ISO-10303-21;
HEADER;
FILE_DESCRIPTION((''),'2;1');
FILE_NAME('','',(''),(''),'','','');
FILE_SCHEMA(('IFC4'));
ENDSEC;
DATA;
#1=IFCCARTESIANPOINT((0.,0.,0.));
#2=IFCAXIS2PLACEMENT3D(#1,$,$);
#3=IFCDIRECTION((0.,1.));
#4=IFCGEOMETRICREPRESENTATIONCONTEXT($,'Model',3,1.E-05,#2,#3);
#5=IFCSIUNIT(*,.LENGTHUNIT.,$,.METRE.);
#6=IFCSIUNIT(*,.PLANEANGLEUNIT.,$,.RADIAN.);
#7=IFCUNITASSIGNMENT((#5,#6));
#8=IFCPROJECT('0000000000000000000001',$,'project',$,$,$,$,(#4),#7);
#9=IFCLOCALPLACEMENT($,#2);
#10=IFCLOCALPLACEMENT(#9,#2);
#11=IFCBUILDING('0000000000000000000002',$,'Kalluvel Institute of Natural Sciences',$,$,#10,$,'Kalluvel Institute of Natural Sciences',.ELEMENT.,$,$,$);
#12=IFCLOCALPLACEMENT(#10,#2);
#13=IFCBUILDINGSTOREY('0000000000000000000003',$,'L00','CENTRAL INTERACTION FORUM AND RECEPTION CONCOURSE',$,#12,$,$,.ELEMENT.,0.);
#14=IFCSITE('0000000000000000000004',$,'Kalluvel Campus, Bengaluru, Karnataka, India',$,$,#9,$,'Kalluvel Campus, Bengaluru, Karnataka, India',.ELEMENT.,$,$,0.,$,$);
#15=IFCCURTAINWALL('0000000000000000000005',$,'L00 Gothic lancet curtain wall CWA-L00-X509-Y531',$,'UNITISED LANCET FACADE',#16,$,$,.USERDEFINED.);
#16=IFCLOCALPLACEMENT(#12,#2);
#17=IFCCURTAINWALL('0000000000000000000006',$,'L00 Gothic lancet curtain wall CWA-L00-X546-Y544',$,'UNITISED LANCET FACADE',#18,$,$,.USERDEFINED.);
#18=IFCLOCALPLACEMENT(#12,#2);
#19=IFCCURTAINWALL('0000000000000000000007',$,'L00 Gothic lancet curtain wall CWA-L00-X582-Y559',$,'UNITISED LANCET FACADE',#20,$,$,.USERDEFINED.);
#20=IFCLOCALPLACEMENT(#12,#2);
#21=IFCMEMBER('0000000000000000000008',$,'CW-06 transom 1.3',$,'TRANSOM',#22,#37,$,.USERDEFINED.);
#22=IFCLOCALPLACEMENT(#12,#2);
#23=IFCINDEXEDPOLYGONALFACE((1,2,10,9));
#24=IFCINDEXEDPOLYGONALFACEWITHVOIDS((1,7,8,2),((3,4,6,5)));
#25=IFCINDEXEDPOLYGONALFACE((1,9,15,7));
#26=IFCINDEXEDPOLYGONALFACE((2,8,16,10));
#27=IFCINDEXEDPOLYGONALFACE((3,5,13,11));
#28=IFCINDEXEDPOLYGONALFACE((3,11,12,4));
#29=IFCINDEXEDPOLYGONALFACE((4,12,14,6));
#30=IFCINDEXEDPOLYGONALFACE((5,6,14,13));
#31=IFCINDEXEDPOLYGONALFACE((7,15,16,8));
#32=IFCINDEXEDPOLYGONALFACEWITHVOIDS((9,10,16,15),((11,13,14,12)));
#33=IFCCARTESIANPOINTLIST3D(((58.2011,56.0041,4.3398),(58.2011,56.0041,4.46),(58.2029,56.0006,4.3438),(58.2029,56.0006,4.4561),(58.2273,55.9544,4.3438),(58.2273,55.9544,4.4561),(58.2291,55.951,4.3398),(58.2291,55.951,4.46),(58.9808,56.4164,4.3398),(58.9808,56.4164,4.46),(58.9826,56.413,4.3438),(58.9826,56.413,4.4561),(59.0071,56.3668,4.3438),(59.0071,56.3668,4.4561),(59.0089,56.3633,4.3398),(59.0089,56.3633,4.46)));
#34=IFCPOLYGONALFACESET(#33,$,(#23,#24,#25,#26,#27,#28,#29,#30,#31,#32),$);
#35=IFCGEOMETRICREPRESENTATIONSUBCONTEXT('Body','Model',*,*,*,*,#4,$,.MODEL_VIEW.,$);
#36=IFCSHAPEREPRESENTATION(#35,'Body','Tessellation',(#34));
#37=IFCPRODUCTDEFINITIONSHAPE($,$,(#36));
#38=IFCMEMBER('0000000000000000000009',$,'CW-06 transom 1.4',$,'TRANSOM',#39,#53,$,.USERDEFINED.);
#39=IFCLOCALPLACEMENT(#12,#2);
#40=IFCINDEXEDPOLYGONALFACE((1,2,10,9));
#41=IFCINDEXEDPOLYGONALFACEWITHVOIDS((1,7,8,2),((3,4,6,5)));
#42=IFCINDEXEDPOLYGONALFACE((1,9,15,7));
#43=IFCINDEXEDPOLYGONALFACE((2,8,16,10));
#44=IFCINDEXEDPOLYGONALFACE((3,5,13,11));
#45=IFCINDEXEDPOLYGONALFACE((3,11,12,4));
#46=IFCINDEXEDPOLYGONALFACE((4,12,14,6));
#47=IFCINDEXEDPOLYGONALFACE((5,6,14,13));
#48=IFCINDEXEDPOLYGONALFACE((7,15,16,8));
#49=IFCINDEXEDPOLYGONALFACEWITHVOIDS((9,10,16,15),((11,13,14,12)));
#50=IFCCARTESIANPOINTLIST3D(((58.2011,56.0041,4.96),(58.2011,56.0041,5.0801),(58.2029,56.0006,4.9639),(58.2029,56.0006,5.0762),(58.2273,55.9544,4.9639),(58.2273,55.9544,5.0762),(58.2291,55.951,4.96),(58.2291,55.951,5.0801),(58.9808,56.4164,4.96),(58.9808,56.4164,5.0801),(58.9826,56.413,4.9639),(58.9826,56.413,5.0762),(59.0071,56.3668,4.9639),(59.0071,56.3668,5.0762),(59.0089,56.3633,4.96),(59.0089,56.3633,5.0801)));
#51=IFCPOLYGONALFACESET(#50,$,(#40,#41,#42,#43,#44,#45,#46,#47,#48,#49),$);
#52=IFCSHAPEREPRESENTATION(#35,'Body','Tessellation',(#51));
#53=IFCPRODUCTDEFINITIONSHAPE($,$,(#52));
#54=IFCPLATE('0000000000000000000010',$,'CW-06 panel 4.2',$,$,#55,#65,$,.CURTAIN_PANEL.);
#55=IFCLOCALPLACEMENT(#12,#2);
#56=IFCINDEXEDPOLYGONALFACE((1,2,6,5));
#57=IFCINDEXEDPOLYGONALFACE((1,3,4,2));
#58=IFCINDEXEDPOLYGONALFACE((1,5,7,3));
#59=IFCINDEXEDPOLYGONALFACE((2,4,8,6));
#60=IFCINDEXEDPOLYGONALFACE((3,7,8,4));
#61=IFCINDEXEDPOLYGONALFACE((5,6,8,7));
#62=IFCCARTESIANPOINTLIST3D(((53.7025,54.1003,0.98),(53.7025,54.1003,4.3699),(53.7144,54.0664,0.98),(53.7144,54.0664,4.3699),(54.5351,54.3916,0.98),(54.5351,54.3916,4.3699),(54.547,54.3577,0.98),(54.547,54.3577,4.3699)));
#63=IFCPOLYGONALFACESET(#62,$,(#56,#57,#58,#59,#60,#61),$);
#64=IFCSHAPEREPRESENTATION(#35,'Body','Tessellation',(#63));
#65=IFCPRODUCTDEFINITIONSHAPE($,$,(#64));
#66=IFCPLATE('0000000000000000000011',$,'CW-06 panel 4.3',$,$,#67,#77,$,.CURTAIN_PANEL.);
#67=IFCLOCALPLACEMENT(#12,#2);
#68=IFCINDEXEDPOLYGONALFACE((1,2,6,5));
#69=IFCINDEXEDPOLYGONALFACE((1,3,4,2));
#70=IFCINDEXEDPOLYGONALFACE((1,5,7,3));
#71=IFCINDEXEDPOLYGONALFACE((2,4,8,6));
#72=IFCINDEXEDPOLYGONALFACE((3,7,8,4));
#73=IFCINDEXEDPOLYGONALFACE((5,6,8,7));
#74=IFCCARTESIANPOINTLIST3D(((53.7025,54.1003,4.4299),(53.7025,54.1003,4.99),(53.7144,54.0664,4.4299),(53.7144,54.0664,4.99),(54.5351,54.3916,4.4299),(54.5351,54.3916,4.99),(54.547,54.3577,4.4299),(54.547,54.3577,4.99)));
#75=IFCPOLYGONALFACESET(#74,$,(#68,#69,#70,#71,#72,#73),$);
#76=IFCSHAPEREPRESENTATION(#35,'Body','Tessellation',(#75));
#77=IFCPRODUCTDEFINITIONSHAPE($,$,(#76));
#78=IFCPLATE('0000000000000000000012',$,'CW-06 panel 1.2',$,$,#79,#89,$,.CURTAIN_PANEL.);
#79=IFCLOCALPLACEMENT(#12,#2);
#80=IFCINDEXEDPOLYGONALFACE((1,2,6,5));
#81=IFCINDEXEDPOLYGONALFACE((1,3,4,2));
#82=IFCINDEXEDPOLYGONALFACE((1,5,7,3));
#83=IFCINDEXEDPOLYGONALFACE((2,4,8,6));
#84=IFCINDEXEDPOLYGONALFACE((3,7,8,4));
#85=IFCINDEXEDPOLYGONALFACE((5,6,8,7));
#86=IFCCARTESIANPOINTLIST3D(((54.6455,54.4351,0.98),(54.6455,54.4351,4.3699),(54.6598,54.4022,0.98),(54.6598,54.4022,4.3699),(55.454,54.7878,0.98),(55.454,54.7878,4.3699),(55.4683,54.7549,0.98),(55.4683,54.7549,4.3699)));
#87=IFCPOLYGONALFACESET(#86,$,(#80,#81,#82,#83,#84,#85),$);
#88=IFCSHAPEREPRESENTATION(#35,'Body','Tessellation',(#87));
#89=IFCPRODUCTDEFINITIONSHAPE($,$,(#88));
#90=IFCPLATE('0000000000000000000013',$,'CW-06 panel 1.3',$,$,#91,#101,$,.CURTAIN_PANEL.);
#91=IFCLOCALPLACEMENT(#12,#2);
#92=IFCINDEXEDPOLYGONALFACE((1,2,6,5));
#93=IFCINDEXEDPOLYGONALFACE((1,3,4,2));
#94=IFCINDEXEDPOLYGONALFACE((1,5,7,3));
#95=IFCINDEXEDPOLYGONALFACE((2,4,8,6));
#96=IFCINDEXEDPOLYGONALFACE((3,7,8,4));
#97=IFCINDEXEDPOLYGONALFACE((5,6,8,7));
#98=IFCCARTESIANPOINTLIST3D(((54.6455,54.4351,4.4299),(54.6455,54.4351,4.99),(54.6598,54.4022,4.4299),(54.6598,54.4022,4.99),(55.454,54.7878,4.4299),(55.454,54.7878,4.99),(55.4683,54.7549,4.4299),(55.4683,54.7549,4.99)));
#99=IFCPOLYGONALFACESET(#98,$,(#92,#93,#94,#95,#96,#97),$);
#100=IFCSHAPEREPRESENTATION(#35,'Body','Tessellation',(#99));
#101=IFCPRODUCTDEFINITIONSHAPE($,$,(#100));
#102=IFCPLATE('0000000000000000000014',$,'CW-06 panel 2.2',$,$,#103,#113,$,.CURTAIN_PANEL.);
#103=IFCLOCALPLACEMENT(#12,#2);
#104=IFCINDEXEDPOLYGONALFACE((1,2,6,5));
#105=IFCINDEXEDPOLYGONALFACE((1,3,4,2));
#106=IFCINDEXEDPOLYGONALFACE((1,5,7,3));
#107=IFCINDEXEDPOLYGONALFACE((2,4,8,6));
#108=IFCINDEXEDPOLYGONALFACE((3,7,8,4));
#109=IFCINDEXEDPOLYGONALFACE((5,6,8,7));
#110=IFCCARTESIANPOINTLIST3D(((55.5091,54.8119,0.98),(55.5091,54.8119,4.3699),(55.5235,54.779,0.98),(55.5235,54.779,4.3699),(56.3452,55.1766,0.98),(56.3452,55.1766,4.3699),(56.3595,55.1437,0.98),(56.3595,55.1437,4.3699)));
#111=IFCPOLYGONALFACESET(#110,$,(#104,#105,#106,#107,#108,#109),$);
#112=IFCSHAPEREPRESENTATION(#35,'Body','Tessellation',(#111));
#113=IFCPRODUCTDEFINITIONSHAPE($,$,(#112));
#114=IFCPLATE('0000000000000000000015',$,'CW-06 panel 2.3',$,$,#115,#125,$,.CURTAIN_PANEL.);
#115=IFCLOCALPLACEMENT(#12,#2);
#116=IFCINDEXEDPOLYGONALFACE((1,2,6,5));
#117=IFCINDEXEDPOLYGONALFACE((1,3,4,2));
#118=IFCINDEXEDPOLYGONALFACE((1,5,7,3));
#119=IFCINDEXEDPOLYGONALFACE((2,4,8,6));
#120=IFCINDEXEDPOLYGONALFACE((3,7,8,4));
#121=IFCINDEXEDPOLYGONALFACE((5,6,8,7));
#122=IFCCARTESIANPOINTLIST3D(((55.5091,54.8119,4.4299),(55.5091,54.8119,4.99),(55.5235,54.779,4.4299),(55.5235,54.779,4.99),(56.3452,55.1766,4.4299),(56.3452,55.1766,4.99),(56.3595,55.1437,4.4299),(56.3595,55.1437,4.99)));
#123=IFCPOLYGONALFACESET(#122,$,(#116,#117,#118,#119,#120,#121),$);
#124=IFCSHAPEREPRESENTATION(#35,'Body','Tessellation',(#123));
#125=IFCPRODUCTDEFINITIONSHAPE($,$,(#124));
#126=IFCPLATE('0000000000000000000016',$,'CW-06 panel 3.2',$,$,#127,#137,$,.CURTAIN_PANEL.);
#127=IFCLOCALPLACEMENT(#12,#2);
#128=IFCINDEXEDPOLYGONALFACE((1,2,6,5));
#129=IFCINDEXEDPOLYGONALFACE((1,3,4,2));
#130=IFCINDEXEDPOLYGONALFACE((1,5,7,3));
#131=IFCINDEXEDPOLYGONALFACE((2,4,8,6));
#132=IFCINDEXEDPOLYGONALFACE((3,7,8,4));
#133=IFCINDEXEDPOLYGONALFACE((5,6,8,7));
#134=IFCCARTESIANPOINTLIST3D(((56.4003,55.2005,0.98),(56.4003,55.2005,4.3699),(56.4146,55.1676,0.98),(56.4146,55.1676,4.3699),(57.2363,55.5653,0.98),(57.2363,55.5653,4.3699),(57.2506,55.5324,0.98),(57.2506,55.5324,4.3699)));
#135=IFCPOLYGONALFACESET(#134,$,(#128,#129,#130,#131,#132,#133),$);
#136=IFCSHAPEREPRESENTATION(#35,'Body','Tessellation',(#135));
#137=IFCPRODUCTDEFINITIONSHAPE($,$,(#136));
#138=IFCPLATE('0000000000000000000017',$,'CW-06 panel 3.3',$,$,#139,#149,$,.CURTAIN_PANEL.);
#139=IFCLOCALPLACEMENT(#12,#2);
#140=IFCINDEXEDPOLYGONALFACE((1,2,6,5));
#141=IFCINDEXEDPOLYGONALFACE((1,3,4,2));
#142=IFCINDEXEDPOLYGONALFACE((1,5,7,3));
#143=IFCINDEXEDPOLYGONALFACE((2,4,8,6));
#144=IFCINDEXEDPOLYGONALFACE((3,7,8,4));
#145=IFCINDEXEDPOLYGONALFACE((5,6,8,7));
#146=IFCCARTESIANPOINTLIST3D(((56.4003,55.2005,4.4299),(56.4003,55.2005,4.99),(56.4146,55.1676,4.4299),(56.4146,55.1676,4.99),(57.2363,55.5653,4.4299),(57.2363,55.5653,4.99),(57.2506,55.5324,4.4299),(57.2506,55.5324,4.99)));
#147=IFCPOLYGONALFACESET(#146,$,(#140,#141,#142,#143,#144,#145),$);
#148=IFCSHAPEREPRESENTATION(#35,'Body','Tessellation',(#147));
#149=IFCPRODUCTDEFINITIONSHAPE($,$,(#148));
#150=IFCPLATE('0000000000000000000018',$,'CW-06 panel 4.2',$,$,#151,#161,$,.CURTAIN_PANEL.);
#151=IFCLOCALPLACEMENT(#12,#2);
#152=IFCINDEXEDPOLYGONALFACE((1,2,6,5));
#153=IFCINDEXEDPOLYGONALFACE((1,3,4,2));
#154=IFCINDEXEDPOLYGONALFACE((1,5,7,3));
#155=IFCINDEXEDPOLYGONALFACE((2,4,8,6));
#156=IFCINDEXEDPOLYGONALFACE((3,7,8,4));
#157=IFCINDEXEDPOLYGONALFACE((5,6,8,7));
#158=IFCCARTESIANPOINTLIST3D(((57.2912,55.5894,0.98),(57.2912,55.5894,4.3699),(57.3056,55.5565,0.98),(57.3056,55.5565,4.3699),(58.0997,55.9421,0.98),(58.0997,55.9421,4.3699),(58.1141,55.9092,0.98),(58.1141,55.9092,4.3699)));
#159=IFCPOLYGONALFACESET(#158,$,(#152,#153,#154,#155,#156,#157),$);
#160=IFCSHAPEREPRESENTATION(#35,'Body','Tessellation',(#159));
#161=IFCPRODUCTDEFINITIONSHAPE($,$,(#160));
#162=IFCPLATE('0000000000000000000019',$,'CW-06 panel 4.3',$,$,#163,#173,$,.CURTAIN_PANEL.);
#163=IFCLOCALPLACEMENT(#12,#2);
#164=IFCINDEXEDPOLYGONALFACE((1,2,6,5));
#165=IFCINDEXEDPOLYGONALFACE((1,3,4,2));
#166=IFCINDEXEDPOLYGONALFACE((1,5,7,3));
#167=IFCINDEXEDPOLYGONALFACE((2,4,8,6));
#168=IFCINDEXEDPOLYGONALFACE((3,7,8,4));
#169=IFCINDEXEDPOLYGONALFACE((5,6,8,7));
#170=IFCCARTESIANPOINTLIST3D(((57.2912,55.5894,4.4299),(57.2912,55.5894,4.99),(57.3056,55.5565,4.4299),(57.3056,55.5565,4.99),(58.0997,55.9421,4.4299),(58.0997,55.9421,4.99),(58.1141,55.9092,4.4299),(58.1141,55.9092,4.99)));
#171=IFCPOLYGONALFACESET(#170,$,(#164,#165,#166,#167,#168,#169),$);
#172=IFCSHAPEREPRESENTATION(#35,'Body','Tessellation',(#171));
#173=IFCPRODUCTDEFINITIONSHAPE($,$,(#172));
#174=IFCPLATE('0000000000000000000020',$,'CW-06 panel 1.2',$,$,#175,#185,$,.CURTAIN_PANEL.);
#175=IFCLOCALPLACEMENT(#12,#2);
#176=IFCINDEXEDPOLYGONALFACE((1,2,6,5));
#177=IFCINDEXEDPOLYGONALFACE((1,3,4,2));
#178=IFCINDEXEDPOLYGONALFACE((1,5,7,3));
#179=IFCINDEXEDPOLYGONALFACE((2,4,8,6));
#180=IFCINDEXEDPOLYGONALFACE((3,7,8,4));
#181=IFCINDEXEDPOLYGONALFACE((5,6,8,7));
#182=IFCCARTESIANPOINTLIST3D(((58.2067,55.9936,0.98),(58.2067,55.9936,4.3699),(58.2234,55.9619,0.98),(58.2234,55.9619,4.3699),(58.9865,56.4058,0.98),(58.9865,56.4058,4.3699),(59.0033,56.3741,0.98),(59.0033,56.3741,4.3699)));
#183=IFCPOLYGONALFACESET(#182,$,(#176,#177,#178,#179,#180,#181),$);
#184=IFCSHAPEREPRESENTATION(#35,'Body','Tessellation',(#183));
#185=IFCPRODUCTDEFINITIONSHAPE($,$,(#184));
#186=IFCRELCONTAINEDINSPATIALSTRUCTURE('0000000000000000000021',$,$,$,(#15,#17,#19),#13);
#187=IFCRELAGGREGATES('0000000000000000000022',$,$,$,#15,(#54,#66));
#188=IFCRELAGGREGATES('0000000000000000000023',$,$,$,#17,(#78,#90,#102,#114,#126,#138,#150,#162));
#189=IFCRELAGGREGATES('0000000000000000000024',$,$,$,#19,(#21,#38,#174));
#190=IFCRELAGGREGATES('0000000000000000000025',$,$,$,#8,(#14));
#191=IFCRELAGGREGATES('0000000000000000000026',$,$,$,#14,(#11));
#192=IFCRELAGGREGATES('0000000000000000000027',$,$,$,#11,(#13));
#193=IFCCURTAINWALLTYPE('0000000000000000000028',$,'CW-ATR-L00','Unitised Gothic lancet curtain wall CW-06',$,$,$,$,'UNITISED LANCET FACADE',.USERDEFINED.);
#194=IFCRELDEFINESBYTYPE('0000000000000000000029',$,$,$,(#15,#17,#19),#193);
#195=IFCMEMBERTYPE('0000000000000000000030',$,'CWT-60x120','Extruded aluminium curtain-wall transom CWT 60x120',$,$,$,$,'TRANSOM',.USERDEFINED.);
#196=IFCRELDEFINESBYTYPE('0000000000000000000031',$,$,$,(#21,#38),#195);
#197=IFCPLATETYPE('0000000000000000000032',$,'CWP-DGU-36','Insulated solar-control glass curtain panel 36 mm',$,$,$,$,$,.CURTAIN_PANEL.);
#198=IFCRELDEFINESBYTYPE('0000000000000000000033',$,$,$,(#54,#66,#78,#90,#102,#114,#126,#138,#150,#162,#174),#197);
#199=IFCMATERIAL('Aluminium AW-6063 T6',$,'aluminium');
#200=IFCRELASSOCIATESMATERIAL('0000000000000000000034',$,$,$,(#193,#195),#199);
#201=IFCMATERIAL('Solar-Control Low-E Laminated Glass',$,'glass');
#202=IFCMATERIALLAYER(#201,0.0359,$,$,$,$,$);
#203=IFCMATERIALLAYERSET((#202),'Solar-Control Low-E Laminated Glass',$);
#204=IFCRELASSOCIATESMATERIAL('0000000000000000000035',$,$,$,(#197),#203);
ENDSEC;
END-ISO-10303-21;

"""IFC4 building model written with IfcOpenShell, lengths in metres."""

from ifc_helpers import new_model, si_unit, direction, frame, origin, origin_2d, place, context, subcontext, project, spatial, rectangle, hollow_rectangle, extrude, material, layer, layer_set, material_profile, profile_set, type_object, element, aggregate, save


model = new_model("IFC4")

# Units and contexts
model_context = context("Model", 3, precision=1e-05, world=origin(), true_north=direction((0.0, 1.0)))
body_context = subcontext(model_context, "Body", "Model", "MODEL_VIEW")
ifc_project = project(units=[si_unit("LENGTHUNIT", "METRE"), si_unit("PLANEANGLEUNIT", "RADIAN")], contexts=[model_context])

# Site, building, storey
site_placement = place(None, origin())
site = spatial("IfcSite", under=ifc_project, at=site_placement, Name="Kalluvel Campus, Bengaluru, Karnataka, India", LongName="Kalluvel Campus, Bengaluru, Karnataka, India", CompositionType="ELEMENT", RefElevation=0.0)
building_placement = place(site_placement, origin())
building = spatial("IfcBuilding", under=site, at=building_placement, Name="Kalluvel Institute of Natural Sciences", LongName="Kalluvel Institute of Natural Sciences", CompositionType="ELEMENT")
storey_placement = place(building_placement, origin())
storey = spatial("IfcBuildingStorey", under=building, at=storey_placement, Name="L00", Description="CENTRAL INTERACTION FORUM AND RECEPTION CONCOURSE", CompositionType="ELEMENT", Elevation=0.0)

# Curtain walls, members
ifc_material_1 = material(Name="Aluminium AW-6063 T6", Category="aluminium")
curtain_wall_type = type_object("IfcCurtainWallType", Name="CW-ATR-L00", Description="Unitised Gothic lancet curtain wall CW-06", ElementType="UNITISED LANCET FACADE", PredefinedType="USERDEFINED", material=ifc_material_1)
curtain_wall_1_placement = place(storey_placement, origin())
curtain_wall_1 = element("IfcCurtainWall", 1, at=curtain_wall_1_placement, inside=storey, type_object=curtain_wall_type, Name="L00 Gothic lancet curtain wall CWA-L00-X509-Y531", ObjectType="UNITISED LANCET FACADE", PredefinedType="USERDEFINED")
ifc_material_profile = material_profile(ifc_material_1, hollow_rectangle(XDim=0.0601, YDim=0.1201, WallThickness=0.0039, at=origin_2d()), Name="CWT 60x120")
ifc_profile_set = profile_set([ifc_material_profile], Name="Aluminium AW-6063 T6")
member_type = type_object("IfcMemberType", Name="CWT-60x120", Description="Extruded aluminium curtain-wall transom CWT 60x120", ElementType="TRANSOM", PredefinedType="USERDEFINED", material=ifc_profile_set)
curtain_wall_2_placement = place(storey_placement, origin())
curtain_wall_2 = element("IfcCurtainWall", 2, at=curtain_wall_2_placement, inside=storey, type_object=curtain_wall_type, Name="L00 Gothic lancet curtain wall CWA-L00-X546-Y544", ObjectType="UNITISED LANCET FACADE", PredefinedType="USERDEFINED")
curtain_wall_3_placement = place(storey_placement, origin())
curtain_wall_3 = element("IfcCurtainWall", 3, at=curtain_wall_3_placement, inside=storey, type_object=curtain_wall_type, Name="L00 Gothic lancet curtain wall CWA-L00-X582-Y559", ObjectType="UNITISED LANCET FACADE", PredefinedType="USERDEFINED")
member_1_placement = place(storey_placement, frame((58.2151, 55.9775, 4.3999), z_axis=(0.88401, 0.467468, 0.0), x_axis=(-0.467468, 0.88401, 0.0)))
member_1 = element("IfcMember", 4, at=member_1_placement, type_object=member_type, Name="CW-06 transom 1.3", ObjectType="TRANSOM", PredefinedType="USERDEFINED", context=body_context, shape_type="SweptSolid", body=[
    extrude(hollow_rectangle(XDim=0.0601, YDim=0.1201, WallThickness=0.0039, at=origin_2d()), origin(), (0.0, 0.0, 1.0), 0.8821),
])
member_2_placement = place(storey_placement, frame((58.2151, 55.9775, 5.02), z_axis=(0.88401, 0.467468, 0.0), x_axis=(-0.467468, 0.88401, 0.0)))
member_2 = element("IfcMember", 5, at=member_2_placement, type_object=member_type, Name="CW-06 transom 1.4", ObjectType="TRANSOM", PredefinedType="USERDEFINED", context=body_context, shape_type="SweptSolid", body=[
    extrude(hollow_rectangle(XDim=0.0601, YDim=0.1201, WallThickness=0.0039, at=origin_2d()), origin(), (0.0, 0.0, 1.0), 0.8821),
])

# Plates
ifc_material_2 = material(Name="Solar-Control Low-E Laminated Glass", Category="glass")
ifc_layer = layer(ifc_material_2, 0.0359)
ifc_layer_set = layer_set([ifc_layer], Name="Solar-Control Low-E Laminated Glass")
plate_type = type_object("IfcPlateType", Name="CWP-DGU-36", Description="Insulated solar-control glass curtain panel 36 mm", PredefinedType="CURTAIN_PANEL", material=ifc_layer_set)
plate_1_placement = place(storey_placement, frame((54.1248, 54.229, 0.98), z_axis=(0.0, 0.0, 1.0), x_axis=(0.943878, 0.330295, 0.0)))
plate_1 = element("IfcPlate", 6, at=plate_1_placement, type_object=plate_type, Name="CW-06 panel 4.2", PredefinedType="CURTAIN_PANEL", context=body_context, shape_type="SweptSolid", body=[
    extrude(rectangle(XDim=0.8821, YDim=0.0359, at=origin_2d()), origin(), (0.0, 0.0, 1.0), 3.3899),
])
plate_2_placement = place(storey_placement, frame((54.1248, 54.229, 4.4299), z_axis=(0.0, 0.0, 1.0), x_axis=(0.943878, 0.330295, 0.0)))
plate_2 = element("IfcPlate", 7, at=plate_2_placement, type_object=plate_type, Name="CW-06 panel 4.3", PredefinedType="CURTAIN_PANEL", context=body_context, shape_type="SweptSolid", body=[
    extrude(rectangle(XDim=0.8821, YDim=0.0359, at=origin_2d()), origin(), (0.0, 0.0, 1.0), 0.5601),
])
aggregate(curtain_wall_1, [plate_1, plate_2])
plate_3_placement = place(storey_placement, frame((55.0569, 54.595, 0.98), z_axis=(0.0, 0.0, 1.0), x_axis=(0.916571, 0.399873, 0.0)))
plate_3 = element("IfcPlate", 8, at=plate_3_placement, type_object=plate_type, Name="CW-06 panel 1.2", PredefinedType="CURTAIN_PANEL", context=body_context, shape_type="SweptSolid", body=[
    extrude(rectangle(XDim=0.8821, YDim=0.0359, at=origin_2d()), origin(), (0.0, 0.0, 1.0), 3.3899),
])
plate_4_placement = place(storey_placement, frame((55.0569, 54.595, 4.4299), z_axis=(0.0, 0.0, 1.0), x_axis=(0.916571, 0.399873, 0.0)))
plate_4 = element("IfcPlate", 9, at=plate_4_placement, type_object=plate_type, Name="CW-06 panel 1.3", PredefinedType="CURTAIN_PANEL", context=body_context, shape_type="SweptSolid", body=[
    extrude(rectangle(XDim=0.8821, YDim=0.0359, at=origin_2d()), origin(), (0.0, 0.0, 1.0), 0.5601),
])
plate_5_placement = place(storey_placement, frame((55.9343, 54.9778, 0.98), z_axis=(0.0, 0.0, 1.0), x_axis=(0.916571, 0.399873, 0.0)))
plate_5 = element("IfcPlate", 10, at=plate_5_placement, type_object=plate_type, Name="CW-06 panel 2.2", PredefinedType="CURTAIN_PANEL", context=body_context, shape_type="SweptSolid", body=[
    extrude(rectangle(XDim=0.9121, YDim=0.0359, at=origin_2d()), origin(), (0.0, 0.0, 1.0), 3.3899),
])
plate_6_placement = place(storey_placement, frame((55.9343, 54.9778, 4.4299), z_axis=(0.0, 0.0, 1.0), x_axis=(0.916571, 0.399873, 0.0)))
plate_6 = element("IfcPlate", 11, at=plate_6_placement, type_object=plate_type, Name="CW-06 panel 2.3", PredefinedType="CURTAIN_PANEL", context=body_context, shape_type="SweptSolid", body=[
    extrude(rectangle(XDim=0.9121, YDim=0.0359, at=origin_2d()), origin(), (0.0, 0.0, 1.0), 0.5601),
])
plate_7_placement = place(storey_placement, frame((56.8254, 55.3665, 0.98), z_axis=(0.0, 0.0, 1.0), x_axis=(0.916571, 0.399873, 0.0)))
plate_7 = element("IfcPlate", 12, at=plate_7_placement, type_object=plate_type, Name="CW-06 panel 3.2", PredefinedType="CURTAIN_PANEL", context=body_context, shape_type="SweptSolid", body=[
    extrude(rectangle(XDim=0.9121, YDim=0.0359, at=origin_2d()), origin(), (0.0, 0.0, 1.0), 3.3899),
])
plate_8_placement = place(storey_placement, frame((56.8254, 55.3665, 4.4299), z_axis=(0.0, 0.0, 1.0), x_axis=(0.916571, 0.399873, 0.0)))
plate_8 = element("IfcPlate", 13, at=plate_8_placement, type_object=plate_type, Name="CW-06 panel 3.3", PredefinedType="CURTAIN_PANEL", context=body_context, shape_type="SweptSolid", body=[
    extrude(rectangle(XDim=0.9121, YDim=0.0359, at=origin_2d()), origin(), (0.0, 0.0, 1.0), 0.5601),
])
plate_9_placement = place(storey_placement, frame((57.7026, 55.7493, 0.98), z_axis=(0.0, 0.0, 1.0), x_axis=(0.916571, 0.399873, 0.0)))
plate_9 = element("IfcPlate", 14, at=plate_9_placement, type_object=plate_type, Name="CW-06 panel 4.2", PredefinedType="CURTAIN_PANEL", context=body_context, shape_type="SweptSolid", body=[
    extrude(rectangle(XDim=0.8821, YDim=0.0359, at=origin_2d()), origin(), (0.0, 0.0, 1.0), 3.3899),
])
plate_10_placement = place(storey_placement, frame((57.7026, 55.7493, 4.4299), z_axis=(0.0, 0.0, 1.0), x_axis=(0.916571, 0.399873, 0.0)))
plate_10 = element("IfcPlate", 15, at=plate_10_placement, type_object=plate_type, Name="CW-06 panel 4.3", PredefinedType="CURTAIN_PANEL", context=body_context, shape_type="SweptSolid", body=[
    extrude(rectangle(XDim=0.8821, YDim=0.0359, at=origin_2d()), origin(), (0.0, 0.0, 1.0), 0.5601),
])
aggregate(curtain_wall_2, [plate_3, plate_4, plate_5, plate_6, plate_7, plate_8, plate_9, plate_10])
plate_11_placement = place(storey_placement, frame((58.605, 56.1838, 0.98), z_axis=(0.0, 0.0, 1.0), x_axis=(0.884109, 0.467281, 0.0)))
plate_11 = element("IfcPlate", 16, at=plate_11_placement, type_object=plate_type, Name="CW-06 panel 1.2", PredefinedType="CURTAIN_PANEL", context=body_context, shape_type="SweptSolid", body=[
    extrude(rectangle(XDim=0.8821, YDim=0.0359, at=origin_2d()), origin(), (0.0, 0.0, 1.0), 3.3899),
])
aggregate(curtain_wall_3, [member_1, member_2, plate_11])

save(model, "model.ifc")
